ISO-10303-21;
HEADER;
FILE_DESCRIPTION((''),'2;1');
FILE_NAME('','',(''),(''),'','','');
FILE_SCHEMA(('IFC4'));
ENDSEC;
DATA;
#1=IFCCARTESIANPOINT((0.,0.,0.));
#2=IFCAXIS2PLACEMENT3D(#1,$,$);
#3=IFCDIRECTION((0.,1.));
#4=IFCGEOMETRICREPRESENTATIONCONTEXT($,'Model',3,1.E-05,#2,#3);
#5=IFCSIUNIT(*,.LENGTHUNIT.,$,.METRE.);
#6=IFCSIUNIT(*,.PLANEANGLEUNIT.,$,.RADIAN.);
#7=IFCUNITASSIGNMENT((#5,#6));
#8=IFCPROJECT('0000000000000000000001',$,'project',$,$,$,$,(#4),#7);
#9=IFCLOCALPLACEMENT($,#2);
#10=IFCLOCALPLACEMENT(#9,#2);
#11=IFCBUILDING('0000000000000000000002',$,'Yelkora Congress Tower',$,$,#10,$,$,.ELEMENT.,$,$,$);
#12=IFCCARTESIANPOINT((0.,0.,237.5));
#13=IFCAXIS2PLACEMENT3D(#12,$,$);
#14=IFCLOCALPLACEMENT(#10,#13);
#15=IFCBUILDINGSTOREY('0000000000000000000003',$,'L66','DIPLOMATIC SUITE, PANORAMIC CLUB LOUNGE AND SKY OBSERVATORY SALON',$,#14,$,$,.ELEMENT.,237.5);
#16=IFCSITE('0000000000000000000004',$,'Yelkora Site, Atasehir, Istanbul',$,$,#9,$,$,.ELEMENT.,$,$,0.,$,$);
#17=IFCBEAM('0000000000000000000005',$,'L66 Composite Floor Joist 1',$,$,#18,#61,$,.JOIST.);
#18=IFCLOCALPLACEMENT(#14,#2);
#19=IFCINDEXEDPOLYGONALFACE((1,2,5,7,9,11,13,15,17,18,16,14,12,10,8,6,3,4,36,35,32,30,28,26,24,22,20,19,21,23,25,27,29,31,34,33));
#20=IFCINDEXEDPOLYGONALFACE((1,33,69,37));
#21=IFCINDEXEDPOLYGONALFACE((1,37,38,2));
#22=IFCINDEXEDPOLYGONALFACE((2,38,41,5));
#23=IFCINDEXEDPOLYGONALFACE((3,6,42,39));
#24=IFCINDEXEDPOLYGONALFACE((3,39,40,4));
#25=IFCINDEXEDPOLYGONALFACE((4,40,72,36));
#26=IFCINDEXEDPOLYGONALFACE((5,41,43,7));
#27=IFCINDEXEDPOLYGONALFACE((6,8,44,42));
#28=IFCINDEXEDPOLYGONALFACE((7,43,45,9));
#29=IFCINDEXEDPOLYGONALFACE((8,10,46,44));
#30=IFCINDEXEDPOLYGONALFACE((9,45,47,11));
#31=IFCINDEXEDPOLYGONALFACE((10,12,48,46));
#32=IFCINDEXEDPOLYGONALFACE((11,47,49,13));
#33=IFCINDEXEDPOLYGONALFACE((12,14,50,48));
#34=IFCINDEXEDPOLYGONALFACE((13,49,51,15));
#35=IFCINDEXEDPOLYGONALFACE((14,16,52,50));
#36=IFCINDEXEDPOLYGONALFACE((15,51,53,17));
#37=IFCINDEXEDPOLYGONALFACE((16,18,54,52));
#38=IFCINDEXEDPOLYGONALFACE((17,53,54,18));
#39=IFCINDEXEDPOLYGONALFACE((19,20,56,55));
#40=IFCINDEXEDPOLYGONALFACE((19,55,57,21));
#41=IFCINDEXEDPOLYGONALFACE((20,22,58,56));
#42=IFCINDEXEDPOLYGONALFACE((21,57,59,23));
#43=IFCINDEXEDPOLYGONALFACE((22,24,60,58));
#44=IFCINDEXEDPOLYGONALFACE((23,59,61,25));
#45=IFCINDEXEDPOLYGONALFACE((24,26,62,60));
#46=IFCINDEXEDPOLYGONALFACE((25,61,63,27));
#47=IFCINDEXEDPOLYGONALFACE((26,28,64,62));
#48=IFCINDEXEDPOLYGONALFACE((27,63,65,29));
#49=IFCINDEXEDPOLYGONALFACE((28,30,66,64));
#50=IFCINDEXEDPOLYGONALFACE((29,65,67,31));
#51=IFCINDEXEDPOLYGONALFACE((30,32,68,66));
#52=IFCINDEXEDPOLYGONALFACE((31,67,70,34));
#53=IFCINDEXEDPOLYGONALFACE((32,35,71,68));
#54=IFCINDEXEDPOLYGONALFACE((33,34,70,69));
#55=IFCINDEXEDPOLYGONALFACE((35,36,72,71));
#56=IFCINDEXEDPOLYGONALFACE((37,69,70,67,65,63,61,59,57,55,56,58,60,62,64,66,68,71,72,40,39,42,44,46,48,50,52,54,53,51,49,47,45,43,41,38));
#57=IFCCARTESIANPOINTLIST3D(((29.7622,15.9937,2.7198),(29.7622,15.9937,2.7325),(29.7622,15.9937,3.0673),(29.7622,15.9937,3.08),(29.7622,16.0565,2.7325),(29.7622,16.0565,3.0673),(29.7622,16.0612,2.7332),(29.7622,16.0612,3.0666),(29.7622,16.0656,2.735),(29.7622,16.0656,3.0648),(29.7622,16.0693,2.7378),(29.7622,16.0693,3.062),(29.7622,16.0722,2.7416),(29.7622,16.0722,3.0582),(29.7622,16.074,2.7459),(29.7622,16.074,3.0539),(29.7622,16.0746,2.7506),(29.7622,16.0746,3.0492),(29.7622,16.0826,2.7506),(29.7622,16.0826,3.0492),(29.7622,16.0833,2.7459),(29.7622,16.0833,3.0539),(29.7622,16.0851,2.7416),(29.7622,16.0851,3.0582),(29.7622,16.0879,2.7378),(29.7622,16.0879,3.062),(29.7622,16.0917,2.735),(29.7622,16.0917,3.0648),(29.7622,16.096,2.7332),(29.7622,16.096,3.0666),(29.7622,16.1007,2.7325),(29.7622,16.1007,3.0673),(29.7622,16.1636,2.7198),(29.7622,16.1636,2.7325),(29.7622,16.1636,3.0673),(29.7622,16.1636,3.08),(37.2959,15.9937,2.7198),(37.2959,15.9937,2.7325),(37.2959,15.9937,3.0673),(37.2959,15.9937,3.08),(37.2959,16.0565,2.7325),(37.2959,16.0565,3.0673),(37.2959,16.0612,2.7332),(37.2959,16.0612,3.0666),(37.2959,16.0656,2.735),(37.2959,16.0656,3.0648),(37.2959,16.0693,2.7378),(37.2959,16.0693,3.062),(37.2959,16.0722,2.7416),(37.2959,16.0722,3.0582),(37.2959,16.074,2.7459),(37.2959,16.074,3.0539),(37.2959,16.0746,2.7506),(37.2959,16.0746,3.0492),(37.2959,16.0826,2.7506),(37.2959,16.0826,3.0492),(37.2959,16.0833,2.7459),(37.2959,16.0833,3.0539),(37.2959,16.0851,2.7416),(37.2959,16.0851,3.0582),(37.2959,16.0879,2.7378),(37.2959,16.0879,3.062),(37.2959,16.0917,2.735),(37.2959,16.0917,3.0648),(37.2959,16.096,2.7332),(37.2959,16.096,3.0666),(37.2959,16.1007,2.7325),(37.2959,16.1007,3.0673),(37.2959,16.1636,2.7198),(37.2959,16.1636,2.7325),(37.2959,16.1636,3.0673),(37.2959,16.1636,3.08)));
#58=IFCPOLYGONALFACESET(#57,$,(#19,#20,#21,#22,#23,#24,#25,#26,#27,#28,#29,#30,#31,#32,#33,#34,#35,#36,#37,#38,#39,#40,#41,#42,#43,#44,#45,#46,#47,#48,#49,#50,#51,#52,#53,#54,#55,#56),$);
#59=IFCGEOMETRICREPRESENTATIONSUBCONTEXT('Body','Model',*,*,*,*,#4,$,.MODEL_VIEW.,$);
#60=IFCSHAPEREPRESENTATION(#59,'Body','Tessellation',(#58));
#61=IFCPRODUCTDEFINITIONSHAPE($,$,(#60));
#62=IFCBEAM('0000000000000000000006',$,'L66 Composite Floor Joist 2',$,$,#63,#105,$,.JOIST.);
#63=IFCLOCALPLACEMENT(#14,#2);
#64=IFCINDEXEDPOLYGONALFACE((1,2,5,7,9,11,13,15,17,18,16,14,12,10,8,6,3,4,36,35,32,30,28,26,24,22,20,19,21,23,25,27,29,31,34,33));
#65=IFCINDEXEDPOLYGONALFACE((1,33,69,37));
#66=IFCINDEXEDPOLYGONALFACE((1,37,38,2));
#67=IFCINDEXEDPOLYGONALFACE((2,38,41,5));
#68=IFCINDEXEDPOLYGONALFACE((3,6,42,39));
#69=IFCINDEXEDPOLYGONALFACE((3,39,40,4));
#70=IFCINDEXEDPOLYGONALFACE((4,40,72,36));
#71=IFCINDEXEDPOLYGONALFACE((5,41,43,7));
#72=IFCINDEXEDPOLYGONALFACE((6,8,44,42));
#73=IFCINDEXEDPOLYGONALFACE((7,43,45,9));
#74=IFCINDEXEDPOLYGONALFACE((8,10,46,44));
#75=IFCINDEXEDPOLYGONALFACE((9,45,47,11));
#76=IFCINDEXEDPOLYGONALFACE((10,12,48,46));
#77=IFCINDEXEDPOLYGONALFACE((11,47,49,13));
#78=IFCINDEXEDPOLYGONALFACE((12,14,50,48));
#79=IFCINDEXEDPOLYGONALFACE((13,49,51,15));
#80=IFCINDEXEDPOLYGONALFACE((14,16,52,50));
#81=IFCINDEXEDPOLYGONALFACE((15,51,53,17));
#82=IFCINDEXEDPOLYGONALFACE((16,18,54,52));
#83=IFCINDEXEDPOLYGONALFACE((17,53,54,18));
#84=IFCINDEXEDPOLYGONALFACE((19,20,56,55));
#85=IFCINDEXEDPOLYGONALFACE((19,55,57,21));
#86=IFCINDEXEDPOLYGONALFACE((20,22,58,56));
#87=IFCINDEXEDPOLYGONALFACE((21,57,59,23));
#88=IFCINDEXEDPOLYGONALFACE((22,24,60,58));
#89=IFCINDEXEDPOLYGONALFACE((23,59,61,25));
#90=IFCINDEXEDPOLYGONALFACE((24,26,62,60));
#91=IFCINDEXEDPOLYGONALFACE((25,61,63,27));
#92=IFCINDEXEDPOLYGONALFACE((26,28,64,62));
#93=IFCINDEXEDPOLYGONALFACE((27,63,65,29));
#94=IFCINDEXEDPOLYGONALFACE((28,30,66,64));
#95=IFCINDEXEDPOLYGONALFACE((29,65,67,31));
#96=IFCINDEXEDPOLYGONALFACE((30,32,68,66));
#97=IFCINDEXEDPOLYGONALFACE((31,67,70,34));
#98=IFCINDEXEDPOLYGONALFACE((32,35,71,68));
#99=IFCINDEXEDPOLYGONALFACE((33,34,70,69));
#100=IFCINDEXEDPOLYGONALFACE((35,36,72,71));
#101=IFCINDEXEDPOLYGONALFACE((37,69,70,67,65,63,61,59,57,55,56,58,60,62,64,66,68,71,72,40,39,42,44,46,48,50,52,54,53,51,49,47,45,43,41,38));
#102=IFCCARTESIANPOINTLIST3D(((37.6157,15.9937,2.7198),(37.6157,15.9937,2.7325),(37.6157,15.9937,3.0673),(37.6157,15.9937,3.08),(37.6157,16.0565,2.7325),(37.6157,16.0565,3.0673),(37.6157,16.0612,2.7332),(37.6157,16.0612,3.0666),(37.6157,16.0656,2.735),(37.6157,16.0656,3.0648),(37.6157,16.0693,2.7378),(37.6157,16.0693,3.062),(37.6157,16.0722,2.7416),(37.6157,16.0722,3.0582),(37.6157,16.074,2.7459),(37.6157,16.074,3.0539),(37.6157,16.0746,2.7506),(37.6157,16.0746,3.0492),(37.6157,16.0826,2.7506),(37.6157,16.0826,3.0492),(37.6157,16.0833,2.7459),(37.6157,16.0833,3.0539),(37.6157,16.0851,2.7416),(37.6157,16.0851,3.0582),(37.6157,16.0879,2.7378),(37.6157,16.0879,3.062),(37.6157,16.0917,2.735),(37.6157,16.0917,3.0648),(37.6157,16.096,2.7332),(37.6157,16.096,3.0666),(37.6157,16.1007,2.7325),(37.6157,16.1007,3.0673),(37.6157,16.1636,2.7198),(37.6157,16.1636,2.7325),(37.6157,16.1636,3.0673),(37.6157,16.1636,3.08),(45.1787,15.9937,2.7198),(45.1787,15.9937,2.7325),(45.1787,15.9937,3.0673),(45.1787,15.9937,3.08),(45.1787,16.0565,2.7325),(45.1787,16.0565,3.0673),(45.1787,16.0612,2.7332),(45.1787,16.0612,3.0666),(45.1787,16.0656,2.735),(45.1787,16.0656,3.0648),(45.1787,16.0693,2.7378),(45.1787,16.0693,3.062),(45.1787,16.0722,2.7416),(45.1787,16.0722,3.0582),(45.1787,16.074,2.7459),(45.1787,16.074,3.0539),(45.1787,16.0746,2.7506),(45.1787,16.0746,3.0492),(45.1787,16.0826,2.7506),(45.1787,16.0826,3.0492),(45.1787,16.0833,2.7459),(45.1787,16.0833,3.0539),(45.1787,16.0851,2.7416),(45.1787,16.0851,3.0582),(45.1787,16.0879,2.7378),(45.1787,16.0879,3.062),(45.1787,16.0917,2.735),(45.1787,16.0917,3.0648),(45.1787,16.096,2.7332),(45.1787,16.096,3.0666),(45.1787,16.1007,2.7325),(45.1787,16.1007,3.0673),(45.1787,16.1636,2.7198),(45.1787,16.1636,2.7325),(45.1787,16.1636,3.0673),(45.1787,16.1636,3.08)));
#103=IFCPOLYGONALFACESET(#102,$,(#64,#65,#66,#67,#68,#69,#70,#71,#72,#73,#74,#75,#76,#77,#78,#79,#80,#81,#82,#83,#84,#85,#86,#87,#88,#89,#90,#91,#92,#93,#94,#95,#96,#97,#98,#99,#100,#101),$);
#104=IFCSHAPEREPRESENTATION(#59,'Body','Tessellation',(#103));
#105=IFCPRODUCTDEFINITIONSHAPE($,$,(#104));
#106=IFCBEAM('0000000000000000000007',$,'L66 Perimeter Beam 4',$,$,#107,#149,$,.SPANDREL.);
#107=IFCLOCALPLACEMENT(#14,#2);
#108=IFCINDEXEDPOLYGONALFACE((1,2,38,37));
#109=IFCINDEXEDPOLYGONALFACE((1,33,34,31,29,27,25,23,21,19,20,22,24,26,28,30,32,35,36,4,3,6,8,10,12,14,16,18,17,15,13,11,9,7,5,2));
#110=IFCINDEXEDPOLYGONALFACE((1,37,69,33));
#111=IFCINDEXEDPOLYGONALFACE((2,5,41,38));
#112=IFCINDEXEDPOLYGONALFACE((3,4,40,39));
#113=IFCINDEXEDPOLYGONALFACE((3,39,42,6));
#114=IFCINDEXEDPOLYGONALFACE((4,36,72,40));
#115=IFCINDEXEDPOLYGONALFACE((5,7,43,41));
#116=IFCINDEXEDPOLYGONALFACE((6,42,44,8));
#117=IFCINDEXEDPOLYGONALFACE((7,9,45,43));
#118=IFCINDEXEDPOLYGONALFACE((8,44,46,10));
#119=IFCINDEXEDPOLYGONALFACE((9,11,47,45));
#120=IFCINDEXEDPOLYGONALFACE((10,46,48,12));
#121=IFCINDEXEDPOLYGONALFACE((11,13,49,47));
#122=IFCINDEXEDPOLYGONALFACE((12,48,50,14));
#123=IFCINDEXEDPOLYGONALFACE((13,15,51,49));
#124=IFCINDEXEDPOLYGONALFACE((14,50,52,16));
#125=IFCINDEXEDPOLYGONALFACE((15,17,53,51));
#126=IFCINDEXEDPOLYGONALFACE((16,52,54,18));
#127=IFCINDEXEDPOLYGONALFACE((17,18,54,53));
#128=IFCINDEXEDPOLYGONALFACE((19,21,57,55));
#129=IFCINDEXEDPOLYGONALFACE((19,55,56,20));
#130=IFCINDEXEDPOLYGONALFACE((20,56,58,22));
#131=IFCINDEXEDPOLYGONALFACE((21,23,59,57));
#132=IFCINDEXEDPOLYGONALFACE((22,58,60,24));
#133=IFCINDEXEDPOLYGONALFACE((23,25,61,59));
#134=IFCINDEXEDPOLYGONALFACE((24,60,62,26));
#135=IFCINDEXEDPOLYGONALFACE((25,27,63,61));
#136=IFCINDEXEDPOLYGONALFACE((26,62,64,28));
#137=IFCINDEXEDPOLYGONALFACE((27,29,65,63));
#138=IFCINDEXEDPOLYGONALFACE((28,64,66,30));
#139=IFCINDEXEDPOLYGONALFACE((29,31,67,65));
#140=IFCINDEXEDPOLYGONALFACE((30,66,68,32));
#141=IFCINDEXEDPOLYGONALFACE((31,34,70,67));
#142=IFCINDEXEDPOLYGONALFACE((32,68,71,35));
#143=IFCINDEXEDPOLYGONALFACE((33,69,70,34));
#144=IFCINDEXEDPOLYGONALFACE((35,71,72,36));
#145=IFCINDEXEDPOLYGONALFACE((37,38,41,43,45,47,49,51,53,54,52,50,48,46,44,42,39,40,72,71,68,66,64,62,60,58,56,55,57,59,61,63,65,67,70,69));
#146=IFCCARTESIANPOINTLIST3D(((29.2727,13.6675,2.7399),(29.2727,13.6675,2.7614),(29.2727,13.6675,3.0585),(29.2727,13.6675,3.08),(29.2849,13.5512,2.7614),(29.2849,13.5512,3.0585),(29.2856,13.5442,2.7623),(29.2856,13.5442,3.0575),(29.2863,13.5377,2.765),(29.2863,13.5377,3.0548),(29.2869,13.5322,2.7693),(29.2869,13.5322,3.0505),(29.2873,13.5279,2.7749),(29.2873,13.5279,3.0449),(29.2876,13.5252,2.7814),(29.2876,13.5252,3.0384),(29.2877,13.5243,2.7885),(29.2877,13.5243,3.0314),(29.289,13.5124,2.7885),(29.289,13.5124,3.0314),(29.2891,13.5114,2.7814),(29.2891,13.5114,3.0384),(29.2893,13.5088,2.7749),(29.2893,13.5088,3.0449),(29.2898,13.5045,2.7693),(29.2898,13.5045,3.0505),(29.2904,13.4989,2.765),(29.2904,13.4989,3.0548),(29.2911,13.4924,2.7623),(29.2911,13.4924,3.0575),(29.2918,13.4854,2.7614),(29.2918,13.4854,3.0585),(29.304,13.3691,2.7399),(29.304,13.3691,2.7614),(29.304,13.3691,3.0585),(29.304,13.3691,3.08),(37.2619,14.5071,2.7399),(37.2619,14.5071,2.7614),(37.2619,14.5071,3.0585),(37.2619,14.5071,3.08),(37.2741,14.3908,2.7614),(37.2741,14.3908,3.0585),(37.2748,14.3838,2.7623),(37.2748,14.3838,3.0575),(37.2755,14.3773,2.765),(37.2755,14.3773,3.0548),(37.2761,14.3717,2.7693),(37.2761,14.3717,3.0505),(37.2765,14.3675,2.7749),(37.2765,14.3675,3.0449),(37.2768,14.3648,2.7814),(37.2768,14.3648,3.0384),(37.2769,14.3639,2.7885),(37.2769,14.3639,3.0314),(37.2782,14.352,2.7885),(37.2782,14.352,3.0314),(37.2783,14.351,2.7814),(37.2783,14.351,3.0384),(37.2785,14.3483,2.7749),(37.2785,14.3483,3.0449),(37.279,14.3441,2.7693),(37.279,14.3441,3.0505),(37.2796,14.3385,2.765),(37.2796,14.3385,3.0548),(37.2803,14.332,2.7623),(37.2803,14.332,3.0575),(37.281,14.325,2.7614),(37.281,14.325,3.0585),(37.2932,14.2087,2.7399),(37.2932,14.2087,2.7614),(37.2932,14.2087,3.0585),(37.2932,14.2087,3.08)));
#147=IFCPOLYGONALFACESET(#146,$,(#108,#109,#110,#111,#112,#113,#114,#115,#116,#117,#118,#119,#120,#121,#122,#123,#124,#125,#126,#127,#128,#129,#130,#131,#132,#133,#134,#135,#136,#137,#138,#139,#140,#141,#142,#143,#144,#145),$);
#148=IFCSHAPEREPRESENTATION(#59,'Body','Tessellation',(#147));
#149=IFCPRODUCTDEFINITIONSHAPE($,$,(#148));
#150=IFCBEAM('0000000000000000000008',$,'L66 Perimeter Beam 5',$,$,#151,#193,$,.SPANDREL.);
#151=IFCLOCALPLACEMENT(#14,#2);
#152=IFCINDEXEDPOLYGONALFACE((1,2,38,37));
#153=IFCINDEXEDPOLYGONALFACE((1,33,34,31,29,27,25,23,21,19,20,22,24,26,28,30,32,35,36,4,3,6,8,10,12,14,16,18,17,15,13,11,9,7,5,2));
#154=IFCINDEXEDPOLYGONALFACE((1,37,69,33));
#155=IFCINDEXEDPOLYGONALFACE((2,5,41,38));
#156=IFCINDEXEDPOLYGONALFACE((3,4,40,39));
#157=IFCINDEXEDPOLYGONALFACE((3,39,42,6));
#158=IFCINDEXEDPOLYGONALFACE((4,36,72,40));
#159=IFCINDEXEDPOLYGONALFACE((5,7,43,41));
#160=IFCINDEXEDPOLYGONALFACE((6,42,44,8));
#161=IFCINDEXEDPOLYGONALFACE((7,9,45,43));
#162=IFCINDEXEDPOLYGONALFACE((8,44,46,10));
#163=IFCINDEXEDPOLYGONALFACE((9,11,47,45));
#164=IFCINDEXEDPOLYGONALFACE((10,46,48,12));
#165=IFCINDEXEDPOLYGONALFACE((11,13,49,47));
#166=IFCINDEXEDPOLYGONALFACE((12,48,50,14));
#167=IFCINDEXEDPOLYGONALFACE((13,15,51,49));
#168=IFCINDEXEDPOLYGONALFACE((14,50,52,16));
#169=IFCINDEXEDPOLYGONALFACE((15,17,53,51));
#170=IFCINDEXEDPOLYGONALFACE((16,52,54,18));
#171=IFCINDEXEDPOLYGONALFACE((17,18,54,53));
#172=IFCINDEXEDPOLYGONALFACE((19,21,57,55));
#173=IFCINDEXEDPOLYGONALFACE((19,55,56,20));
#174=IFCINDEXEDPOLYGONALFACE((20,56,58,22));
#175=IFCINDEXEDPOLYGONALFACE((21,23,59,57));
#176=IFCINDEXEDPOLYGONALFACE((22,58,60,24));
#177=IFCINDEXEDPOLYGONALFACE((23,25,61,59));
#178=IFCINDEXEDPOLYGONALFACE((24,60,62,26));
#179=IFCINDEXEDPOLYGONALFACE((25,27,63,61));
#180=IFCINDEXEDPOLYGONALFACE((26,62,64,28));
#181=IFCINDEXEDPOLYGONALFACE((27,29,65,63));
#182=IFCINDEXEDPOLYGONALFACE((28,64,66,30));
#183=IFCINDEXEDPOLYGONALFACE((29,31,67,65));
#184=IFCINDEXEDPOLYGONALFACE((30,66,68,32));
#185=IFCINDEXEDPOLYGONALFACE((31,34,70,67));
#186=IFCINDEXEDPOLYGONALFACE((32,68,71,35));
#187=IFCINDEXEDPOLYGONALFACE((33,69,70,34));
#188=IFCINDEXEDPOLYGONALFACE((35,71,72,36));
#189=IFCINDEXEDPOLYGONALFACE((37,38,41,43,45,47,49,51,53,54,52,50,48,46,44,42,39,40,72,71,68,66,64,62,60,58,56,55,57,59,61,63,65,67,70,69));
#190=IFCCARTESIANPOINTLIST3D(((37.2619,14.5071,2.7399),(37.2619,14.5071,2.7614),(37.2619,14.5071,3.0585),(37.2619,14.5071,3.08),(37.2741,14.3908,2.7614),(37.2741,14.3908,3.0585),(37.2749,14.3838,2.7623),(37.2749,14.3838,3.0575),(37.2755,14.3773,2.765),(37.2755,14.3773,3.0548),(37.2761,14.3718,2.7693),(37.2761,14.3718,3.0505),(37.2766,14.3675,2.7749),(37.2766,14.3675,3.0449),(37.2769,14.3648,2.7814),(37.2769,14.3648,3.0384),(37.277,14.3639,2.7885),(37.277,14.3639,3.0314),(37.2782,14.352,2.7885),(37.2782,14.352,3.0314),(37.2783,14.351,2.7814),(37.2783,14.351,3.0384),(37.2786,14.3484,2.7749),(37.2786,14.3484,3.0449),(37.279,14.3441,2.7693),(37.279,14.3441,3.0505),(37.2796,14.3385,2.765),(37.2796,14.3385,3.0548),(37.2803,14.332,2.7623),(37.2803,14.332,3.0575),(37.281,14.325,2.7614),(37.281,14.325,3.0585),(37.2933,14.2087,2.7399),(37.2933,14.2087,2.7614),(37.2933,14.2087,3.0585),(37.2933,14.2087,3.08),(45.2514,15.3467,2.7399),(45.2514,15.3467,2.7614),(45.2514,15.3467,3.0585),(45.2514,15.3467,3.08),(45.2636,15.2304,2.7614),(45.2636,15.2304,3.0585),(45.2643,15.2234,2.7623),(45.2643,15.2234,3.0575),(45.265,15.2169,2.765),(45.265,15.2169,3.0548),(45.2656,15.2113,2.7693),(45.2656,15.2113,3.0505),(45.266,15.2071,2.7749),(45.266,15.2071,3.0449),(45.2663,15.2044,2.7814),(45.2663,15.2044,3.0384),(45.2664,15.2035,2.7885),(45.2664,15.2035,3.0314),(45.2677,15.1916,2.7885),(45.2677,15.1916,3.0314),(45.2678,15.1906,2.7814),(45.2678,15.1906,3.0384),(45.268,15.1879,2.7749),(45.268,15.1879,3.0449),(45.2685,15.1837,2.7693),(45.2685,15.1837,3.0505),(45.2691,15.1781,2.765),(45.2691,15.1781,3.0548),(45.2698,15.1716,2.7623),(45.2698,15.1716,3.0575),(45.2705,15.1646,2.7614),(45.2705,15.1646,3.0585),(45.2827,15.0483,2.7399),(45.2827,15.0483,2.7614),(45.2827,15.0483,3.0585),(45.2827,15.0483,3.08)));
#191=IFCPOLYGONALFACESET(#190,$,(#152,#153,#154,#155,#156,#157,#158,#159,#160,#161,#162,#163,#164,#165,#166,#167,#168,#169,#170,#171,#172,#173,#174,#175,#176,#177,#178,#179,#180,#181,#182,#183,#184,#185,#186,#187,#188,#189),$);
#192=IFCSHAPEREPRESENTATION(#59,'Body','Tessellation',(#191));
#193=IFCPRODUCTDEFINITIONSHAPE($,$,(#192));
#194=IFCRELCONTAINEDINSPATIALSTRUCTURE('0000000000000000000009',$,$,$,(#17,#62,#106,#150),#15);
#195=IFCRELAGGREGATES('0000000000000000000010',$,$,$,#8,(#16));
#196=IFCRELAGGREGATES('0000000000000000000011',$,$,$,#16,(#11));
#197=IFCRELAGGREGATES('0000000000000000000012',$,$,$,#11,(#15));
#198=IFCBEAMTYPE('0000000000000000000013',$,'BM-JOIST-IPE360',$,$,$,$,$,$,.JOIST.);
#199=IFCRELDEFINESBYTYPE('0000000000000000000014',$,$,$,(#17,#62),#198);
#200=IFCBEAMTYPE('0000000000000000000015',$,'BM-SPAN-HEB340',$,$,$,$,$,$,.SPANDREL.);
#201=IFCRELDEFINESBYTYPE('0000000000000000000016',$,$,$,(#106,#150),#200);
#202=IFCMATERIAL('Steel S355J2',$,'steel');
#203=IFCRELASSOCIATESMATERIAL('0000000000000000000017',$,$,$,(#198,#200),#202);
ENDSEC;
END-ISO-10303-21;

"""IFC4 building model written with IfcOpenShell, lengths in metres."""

from ifc_helpers import new_model, si_unit, direction, frame, origin, origin_2d, place, context, subcontext, project, spatial, i_section, extrude, material, material_profile, profile_set, type_object, element, save


model = new_model("IFC4")

# Units and contexts
model_context = context("Model", 3, precision=1e-05, world=origin(), true_north=direction((0.0, 1.0)))
body_context = subcontext(model_context, "Body", "Model", "MODEL_VIEW")
ifc_project = project(units=[si_unit("LENGTHUNIT", "METRE"), si_unit("PLANEANGLEUNIT", "RADIAN")], contexts=[model_context])

# Site, building, storey
site_placement = place(None, origin())
site = spatial("IfcSite", under=ifc_project, at=site_placement, Name="Yelkora Site, Atasehir, Istanbul", CompositionType="ELEMENT", RefElevation=0.0)
building_placement = place(site_placement, origin())
building = spatial("IfcBuilding", under=site, at=building_placement, Name="Yelkora Congress Tower", CompositionType="ELEMENT")
storey_placement = place(building_placement, frame((0.0, 0.0, 237.5)))
storey = spatial("IfcBuildingStorey", under=building, at=storey_placement, Name="L66", Description="DIPLOMATIC SUITE, PANORAMIC CLUB LOUNGE AND SKY OBSERVATORY SALON", CompositionType="ELEMENT", Elevation=237.5)

# Shared definitions
ifc_material_1 = material(Name="Steel S355J2", Category="steel")

# Beams
ifc_material_profile_1 = material_profile(ifc_material_1, i_section(OverallWidth=0.1699, OverallDepth=0.3601, WebThickness=0.0081, FlangeThickness=0.0127, FilletRadius=0.0181, at=origin_2d()), Name="IPE 360")
ifc_profile_set_1 = profile_set([ifc_material_profile_1], Name="Steel S355J2")
beam_type_1 = type_object("IfcBeamType", Name="BM-JOIST-IPE360", PredefinedType="JOIST", material=ifc_profile_set_1)
beam_1_placement = place(storey_placement, frame((29.7622, 16.0786, 2.8999), z_axis=(1.0, 0.0, 0.0), x_axis=(0.0, 1.0, 0.0)))
element("IfcBeam", 1, at=beam_1_placement, inside=storey, type_object=beam_type_1, Name="L66 Composite Floor Joist 1", PredefinedType="JOIST", context=body_context, shape_type="SweptSolid", body=[
    extrude(i_section(OverallWidth=0.1699, OverallDepth=0.3601, WebThickness=0.0081, FlangeThickness=0.0127, FilletRadius=0.0181, at=origin_2d()), origin(), (0.0, 0.0, 1.0), 7.5337),
])
beam_2_placement = place(storey_placement, frame((37.6157, 16.0786, 2.8999), z_axis=(1.0, 0.0, 0.0), x_axis=(0.0, 1.0, 0.0)))
element("IfcBeam", 2, at=beam_2_placement, inside=storey, type_object=beam_type_1, Name="L66 Composite Floor Joist 2", PredefinedType="JOIST", context=body_context, shape_type="SweptSolid", body=[
    extrude(i_section(OverallWidth=0.1699, OverallDepth=0.3601, WebThickness=0.0081, FlangeThickness=0.0127, FilletRadius=0.0181, at=origin_2d()), origin(), (0.0, 0.0, 1.0), 7.563),
])
ifc_material_profile_2 = material_profile(ifc_material_1, i_section(OverallWidth=0.3, OverallDepth=0.3401, WebThickness=0.012, FlangeThickness=0.0215, FilletRadius=0.0271, at=origin_2d()), Name="HEB 340")
ifc_profile_set_2 = profile_set([ifc_material_profile_2], Name="Steel S355J2")
beam_type_2 = type_object("IfcBeamType", Name="BM-SPAN-HEB340", PredefinedType="SPANDREL", material=ifc_profile_set_2)
beam_3_placement = place(storey_placement, frame((29.2883, 13.5183, 2.9099), z_axis=(0.994523, 0.104516, 0.0), x_axis=(-0.104516, 0.994523, 0.0)))
element("IfcBeam", 3, at=beam_3_placement, inside=storey, type_object=beam_type_2, Name="L66 Perimeter Beam 4", PredefinedType="SPANDREL", context=body_context, shape_type="SweptSolid", body=[
    extrude(i_section(OverallWidth=0.3, OverallDepth=0.3401, WebThickness=0.012, FlangeThickness=0.0215, FilletRadius=0.0271, at=origin_2d()), origin(), (0.0, 0.0, 1.0), 8.0332),
])
beam_4_placement = place(storey_placement, frame((37.2776, 14.3579, 2.9099), z_axis=(0.994524, 0.104512, 0.0), x_axis=(-0.104512, 0.994524, 0.0)))
element("IfcBeam", 4, at=beam_4_placement, inside=storey, type_object=beam_type_2, Name="L66 Perimeter Beam 5", PredefinedType="SPANDREL", context=body_context, shape_type="SweptSolid", body=[
    extrude(i_section(OverallWidth=0.3, OverallDepth=0.3401, WebThickness=0.012, FlangeThickness=0.0215, FilletRadius=0.0271, at=origin_2d()), origin(), (0.0, 0.0, 1.0), 8.0334),
])

save(model, "model.ifc")
